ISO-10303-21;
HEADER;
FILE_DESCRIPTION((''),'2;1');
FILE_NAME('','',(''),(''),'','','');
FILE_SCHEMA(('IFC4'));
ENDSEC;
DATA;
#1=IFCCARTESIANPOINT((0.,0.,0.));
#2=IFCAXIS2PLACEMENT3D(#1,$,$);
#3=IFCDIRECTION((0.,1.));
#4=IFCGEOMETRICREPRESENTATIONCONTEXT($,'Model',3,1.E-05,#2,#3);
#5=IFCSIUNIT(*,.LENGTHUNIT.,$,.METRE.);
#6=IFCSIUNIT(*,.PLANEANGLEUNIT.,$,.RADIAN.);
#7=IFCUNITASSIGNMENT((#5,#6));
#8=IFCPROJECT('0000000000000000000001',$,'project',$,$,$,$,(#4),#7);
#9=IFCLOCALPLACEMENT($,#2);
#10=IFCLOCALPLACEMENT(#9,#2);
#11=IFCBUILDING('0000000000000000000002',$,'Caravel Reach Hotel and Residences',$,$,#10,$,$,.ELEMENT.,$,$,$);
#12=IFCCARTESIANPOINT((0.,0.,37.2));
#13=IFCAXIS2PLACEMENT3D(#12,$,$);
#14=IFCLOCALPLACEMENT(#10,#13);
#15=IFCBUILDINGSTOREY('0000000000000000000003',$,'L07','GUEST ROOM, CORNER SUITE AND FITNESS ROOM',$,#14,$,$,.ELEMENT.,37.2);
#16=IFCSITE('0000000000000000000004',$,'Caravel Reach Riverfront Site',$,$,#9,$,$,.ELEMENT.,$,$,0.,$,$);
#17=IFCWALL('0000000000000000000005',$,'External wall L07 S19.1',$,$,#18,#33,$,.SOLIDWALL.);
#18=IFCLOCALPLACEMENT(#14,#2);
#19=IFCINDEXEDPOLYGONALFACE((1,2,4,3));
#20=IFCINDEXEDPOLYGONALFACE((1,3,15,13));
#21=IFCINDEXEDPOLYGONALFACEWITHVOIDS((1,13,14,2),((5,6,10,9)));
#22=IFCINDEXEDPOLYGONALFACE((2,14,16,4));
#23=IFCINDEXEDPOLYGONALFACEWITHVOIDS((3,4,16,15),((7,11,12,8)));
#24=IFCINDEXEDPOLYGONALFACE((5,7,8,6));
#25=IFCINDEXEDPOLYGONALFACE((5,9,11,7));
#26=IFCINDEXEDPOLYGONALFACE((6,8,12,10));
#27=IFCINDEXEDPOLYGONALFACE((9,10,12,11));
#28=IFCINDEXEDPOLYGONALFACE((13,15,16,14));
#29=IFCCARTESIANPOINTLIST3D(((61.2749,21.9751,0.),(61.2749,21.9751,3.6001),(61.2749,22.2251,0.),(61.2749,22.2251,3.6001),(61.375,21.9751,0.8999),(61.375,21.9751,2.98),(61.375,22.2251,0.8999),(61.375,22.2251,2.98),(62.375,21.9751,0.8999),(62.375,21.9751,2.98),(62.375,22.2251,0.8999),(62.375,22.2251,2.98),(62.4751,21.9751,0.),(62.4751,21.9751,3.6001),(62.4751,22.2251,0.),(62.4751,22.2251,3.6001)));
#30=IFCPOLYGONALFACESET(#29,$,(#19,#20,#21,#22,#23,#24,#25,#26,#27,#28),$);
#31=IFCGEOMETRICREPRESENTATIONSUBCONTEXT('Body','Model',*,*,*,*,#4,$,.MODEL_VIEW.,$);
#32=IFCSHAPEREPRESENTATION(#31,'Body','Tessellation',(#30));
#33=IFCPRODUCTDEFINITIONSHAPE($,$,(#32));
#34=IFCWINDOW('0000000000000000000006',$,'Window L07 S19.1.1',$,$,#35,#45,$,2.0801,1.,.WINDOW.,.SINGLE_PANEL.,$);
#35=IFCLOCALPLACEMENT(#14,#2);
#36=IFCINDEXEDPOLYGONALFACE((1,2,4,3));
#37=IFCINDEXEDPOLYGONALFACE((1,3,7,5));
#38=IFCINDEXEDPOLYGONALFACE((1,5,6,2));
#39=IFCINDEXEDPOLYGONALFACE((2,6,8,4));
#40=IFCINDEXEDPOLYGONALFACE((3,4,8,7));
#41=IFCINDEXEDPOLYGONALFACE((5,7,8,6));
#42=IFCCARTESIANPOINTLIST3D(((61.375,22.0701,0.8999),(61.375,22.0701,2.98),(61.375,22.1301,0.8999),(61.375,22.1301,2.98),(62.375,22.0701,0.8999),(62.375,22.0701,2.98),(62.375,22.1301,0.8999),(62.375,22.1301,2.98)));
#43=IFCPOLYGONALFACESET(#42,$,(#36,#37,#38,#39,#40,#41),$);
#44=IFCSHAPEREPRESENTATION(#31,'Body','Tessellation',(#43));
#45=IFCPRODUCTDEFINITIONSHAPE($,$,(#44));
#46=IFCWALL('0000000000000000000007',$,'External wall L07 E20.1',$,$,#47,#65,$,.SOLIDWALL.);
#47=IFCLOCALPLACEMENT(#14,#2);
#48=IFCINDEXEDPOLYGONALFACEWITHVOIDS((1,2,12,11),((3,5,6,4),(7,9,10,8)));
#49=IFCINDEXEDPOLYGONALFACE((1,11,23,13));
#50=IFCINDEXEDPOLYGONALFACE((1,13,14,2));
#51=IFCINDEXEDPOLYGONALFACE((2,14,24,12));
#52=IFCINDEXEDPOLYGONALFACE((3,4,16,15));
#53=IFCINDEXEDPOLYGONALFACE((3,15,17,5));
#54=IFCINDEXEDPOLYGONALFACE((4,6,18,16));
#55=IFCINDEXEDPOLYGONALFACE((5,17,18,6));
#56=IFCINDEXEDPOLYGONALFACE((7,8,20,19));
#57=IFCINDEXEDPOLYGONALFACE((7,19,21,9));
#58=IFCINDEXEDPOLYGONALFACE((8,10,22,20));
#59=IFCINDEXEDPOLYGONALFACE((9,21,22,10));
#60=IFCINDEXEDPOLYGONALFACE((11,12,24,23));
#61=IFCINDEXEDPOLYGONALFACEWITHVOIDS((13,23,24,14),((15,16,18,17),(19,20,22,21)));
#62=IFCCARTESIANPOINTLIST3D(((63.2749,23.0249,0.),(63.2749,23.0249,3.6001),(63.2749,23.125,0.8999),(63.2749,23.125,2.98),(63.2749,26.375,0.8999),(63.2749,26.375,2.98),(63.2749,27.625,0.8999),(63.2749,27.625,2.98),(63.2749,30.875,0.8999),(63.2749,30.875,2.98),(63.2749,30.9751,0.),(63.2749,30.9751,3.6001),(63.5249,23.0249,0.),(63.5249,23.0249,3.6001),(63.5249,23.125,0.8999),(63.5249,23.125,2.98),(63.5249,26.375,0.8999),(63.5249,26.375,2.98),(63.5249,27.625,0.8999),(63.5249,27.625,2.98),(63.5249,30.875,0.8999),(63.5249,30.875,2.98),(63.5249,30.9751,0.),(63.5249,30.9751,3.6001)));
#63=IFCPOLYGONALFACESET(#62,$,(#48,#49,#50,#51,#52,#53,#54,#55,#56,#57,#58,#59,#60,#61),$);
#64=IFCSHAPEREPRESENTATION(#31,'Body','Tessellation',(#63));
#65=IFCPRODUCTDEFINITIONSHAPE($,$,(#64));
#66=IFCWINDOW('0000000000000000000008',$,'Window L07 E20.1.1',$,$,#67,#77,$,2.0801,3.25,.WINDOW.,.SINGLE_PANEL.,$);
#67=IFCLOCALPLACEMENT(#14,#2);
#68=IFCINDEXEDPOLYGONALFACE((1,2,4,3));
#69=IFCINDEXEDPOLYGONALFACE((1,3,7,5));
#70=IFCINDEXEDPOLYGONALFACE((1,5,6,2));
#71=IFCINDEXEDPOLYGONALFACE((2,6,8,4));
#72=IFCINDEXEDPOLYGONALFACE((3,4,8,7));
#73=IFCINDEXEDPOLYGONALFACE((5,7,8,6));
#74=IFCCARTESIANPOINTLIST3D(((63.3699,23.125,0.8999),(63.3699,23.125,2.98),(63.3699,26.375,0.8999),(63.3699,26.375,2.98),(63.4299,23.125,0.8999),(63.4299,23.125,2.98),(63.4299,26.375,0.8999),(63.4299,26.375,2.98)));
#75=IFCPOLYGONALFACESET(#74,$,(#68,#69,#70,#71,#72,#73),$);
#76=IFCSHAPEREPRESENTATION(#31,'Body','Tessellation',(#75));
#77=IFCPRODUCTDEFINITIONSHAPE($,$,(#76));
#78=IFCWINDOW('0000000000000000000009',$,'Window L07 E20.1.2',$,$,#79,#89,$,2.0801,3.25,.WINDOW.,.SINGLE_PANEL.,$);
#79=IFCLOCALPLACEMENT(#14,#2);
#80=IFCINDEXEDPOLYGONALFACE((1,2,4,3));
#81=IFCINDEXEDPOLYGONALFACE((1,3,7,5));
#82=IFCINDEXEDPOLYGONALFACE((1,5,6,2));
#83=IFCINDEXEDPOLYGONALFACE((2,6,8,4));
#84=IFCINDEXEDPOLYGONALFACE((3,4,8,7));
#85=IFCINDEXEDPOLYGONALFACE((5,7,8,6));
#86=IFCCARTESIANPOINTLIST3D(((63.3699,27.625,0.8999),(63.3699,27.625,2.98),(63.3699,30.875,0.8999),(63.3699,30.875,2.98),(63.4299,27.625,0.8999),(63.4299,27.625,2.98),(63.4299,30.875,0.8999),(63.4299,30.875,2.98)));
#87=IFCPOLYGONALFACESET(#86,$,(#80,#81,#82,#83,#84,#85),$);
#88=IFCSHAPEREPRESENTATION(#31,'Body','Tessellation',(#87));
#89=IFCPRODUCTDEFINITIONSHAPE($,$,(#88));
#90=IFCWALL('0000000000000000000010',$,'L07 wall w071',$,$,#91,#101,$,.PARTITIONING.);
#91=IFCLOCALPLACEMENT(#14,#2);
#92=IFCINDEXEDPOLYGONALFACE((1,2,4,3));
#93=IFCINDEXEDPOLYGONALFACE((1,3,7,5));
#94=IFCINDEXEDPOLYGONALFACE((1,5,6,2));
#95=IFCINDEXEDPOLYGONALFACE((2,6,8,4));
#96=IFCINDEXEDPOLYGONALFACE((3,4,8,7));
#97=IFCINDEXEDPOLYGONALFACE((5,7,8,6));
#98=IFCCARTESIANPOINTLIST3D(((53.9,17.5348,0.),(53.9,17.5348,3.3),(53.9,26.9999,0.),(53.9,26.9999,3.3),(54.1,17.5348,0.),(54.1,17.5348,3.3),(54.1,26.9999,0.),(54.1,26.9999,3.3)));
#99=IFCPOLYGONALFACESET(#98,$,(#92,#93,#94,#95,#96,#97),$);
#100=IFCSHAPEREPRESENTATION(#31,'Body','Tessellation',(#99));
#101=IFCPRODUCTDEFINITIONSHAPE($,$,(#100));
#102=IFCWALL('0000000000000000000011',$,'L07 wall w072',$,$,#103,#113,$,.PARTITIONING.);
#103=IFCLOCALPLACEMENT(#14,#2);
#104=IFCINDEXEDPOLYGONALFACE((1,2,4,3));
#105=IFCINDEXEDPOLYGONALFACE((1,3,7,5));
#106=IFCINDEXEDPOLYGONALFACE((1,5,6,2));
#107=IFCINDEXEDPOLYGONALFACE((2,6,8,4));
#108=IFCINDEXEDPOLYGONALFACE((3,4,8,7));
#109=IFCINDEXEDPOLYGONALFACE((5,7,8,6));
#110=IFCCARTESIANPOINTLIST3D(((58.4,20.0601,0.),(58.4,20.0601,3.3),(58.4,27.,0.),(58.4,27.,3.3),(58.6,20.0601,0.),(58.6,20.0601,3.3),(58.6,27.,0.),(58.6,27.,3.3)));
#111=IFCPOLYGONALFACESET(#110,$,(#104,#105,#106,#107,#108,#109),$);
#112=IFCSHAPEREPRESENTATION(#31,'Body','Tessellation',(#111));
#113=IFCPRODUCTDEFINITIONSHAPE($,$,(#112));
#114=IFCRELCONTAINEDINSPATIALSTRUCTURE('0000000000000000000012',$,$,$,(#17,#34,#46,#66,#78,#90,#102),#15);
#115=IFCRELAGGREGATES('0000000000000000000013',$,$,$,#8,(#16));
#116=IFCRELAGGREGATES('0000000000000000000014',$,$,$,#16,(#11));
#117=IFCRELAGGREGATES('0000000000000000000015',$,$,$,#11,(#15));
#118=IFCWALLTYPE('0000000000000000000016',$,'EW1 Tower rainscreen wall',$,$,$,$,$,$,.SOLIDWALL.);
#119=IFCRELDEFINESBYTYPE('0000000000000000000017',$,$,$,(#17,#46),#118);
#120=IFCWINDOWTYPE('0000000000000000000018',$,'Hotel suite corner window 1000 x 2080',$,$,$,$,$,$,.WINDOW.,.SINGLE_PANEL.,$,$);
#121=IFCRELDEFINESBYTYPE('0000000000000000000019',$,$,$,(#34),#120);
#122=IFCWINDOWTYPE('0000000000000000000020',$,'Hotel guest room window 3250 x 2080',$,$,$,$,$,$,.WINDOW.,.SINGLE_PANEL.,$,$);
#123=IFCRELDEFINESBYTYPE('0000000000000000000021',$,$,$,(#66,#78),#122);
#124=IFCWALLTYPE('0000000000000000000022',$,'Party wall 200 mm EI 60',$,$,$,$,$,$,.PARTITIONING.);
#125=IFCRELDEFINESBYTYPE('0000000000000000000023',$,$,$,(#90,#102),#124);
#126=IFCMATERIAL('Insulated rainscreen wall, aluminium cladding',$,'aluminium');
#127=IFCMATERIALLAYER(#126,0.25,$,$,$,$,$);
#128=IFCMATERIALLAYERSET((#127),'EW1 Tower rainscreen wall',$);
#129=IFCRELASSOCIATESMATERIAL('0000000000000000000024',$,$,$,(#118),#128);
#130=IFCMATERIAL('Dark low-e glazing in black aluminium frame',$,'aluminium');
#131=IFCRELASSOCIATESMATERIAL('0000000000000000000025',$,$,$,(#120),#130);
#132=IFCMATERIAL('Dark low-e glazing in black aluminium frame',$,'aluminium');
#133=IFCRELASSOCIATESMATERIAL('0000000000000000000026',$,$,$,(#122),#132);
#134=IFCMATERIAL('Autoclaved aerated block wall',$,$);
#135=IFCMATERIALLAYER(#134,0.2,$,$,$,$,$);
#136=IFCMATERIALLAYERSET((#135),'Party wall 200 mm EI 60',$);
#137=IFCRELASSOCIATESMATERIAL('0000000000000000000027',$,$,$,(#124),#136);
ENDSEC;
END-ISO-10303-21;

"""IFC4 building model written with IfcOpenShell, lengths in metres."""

from ifc_helpers import new_model, si_unit, direction, frame, frame_2d, origin, place, context, subcontext, project, spatial, rectangle, extrude, material, layer, layer_set, type_object, element, fill, save


model = new_model("IFC4")

# Units and contexts
model_context = context("Model", 3, precision=1e-05, world=origin(), true_north=direction((0.0, 1.0)))
body_context = subcontext(model_context, "Body", "Model", "MODEL_VIEW")
ifc_project = project(units=[si_unit("LENGTHUNIT", "METRE"), si_unit("PLANEANGLEUNIT", "RADIAN")], contexts=[model_context])

# Site, building, storey
site_placement = place(None, origin())
site = spatial("IfcSite", under=ifc_project, at=site_placement, Name="Caravel Reach Riverfront Site", CompositionType="ELEMENT", RefElevation=0.0)
building_placement = place(site_placement, origin())
building = spatial("IfcBuilding", under=site, at=building_placement, Name="Caravel Reach Hotel and Residences", CompositionType="ELEMENT")
storey_placement = place(building_placement, frame((0.0, 0.0, 37.2)))
storey = spatial("IfcBuildingStorey", under=building, at=storey_placement, Name="L07", Description="GUEST ROOM, CORNER SUITE AND FITNESS ROOM", CompositionType="ELEMENT", Elevation=37.2)

# Wall, opening, window
ifc_material_1 = material(Name="Insulated rainscreen wall, aluminium cladding", Category="aluminium")
ifc_layer_1 = layer(ifc_material_1, 0.25)
ifc_layer_set_1 = layer_set([ifc_layer_1], Name="EW1 Tower rainscreen wall")
wall_type_1 = type_object("IfcWallType", Name="EW1 Tower rainscreen wall", PredefinedType="SOLIDWALL", material=ifc_layer_set_1)
ifc_material_2 = material(Name="Dark low-e glazing in black aluminium frame", Category="aluminium")
window_type_1 = type_object("IfcWindowType", Name="Hotel suite corner window 1000 x 2080", PartitioningType="SINGLE_PANEL", PredefinedType="WINDOW", material=ifc_material_2)
wall_1_placement = place(storey_placement, frame((61.2749, 22.1001, 0.0), z_axis=(0.0, 0.0, 1.0), x_axis=(1.0, 0.0, 0.0)))
wall_1 = element("IfcWall", 1, at=wall_1_placement, inside=storey, type_object=wall_type_1, Name="External wall L07 S19.1", PredefinedType="SOLIDWALL", context=body_context, shape_type="SweptSolid", body=[
    extrude(rectangle(XDim=1.2002, YDim=0.25, at=frame_2d((0.6001, 0.0))), origin(), (0.0, 0.0, 1.0), 3.6001),
])
opening_1_placement = place(wall_1_placement, frame((0.1001, 0.0, 0.8999)))
opening_1 = element("IfcOpeningElement", 2, at=opening_1_placement, cuts=wall_1, PredefinedType="OPENING", context=body_context, shape_type="SweptSolid", body=[
    extrude(rectangle(XDim=1.0, YDim=2.0801, at=frame_2d((0.5, 1.04))), frame((0.0, 0.135, 0.0), z_axis=(0.0, -1.0, 0.0), x_axis=(1.0, 0.0, 0.0)), (0.0, 0.0, 1.0), 0.27),
])
window_1_placement = place(opening_1_placement, origin())
window_1 = element("IfcWindow", 3, at=window_1_placement, inside=storey, type_object=window_type_1, Name="Window L07 S19.1.1", OverallHeight=2.0801, OverallWidth=1.0, PartitioningType="SINGLE_PANEL", PredefinedType="WINDOW", context=body_context, shape_type="SweptSolid", body=[
    extrude(rectangle(XDim=1.0, YDim=2.0801, at=frame_2d((0.5, 1.04))), frame((0.0, 0.03, 0.0), z_axis=(0.0, -1.0, 0.0), x_axis=(1.0, 0.0, 0.0)), (0.0, 0.0, 1.0), 0.0601),
])
fill(opening_1, window_1)

# Wall, openings, windows
wall_2_placement = place(storey_placement, frame((63.3999, 23.0249, 0.0), z_axis=(0.0, 0.0, 1.0), x_axis=(0.0, 1.0, 0.0)))
wall_2 = element("IfcWall", 4, at=wall_2_placement, inside=storey, type_object=wall_type_1, Name="External wall L07 E20.1", PredefinedType="SOLIDWALL", context=body_context, shape_type="SweptSolid", body=[
    extrude(rectangle(XDim=7.9502, YDim=0.25, at=frame_2d((3.9751, 0.0))), origin(), (0.0, 0.0, 1.0), 3.6001),
])
opening_2_placement = place(wall_2_placement, frame((0.1001, 0.0, 0.8999)))
opening_2 = element("IfcOpeningElement", 5, at=opening_2_placement, cuts=wall_2, PredefinedType="OPENING", context=body_context, shape_type="SweptSolid", body=[
    extrude(rectangle(XDim=3.25, YDim=2.0801, at=frame_2d((1.625, 1.04))), frame((0.0, 0.135, 0.0), z_axis=(0.0, -1.0, 0.0), x_axis=(1.0, 0.0, 0.0)), (0.0, 0.0, 1.0), 0.27),
])
opening_3_placement = place(wall_2_placement, frame((4.6001, 0.0, 0.8999)))
opening_3 = element("IfcOpeningElement", 6, at=opening_3_placement, cuts=wall_2, PredefinedType="OPENING", context=body_context, shape_type="SweptSolid", body=[
    extrude(rectangle(XDim=3.25, YDim=2.0801, at=frame_2d((1.625, 1.04))), frame((0.0, 0.135, 0.0), z_axis=(0.0, -1.0, 0.0), x_axis=(1.0, 0.0, 0.0)), (0.0, 0.0, 1.0), 0.27),
])
ifc_material_3 = material(Name="Dark low-e glazing in black aluminium frame", Category="aluminium")
window_type_2 = type_object("IfcWindowType", Name="Hotel guest room window 3250 x 2080", PartitioningType="SINGLE_PANEL", PredefinedType="WINDOW", material=ifc_material_3)
window_2_placement = place(opening_2_placement, origin())
window_2 = element("IfcWindow", 7, at=window_2_placement, inside=storey, type_object=window_type_2, Name="Window L07 E20.1.1", OverallHeight=2.0801, OverallWidth=3.25, PartitioningType="SINGLE_PANEL", PredefinedType="WINDOW", context=body_context, shape_type="SweptSolid", body=[
    extrude(rectangle(XDim=3.25, YDim=2.0801, at=frame_2d((1.625, 1.04))), frame((0.0, 0.03, 0.0), z_axis=(0.0, -1.0, 0.0), x_axis=(1.0, 0.0, 0.0)), (0.0, 0.0, 1.0), 0.0601),
])
fill(opening_2, window_2)
window_3_placement = place(opening_3_placement, origin())
window_3 = element("IfcWindow", 8, at=window_3_placement, inside=storey, type_object=window_type_2, Name="Window L07 E20.1.2", OverallHeight=2.0801, OverallWidth=3.25, PartitioningType="SINGLE_PANEL", PredefinedType="WINDOW", context=body_context, shape_type="SweptSolid", body=[
    extrude(rectangle(XDim=3.25, YDim=2.0801, at=frame_2d((1.625, 1.04))), frame((0.0, 0.03, 0.0), z_axis=(0.0, -1.0, 0.0), x_axis=(1.0, 0.0, 0.0)), (0.0, 0.0, 1.0), 0.0601),
])
fill(opening_3, window_3)

# Walls
ifc_material_4 = material(Name="Autoclaved aerated block wall")
ifc_layer_2 = layer(ifc_material_4, 0.2)
ifc_layer_set_2 = layer_set([ifc_layer_2], Name="Party wall 200 mm EI 60")
wall_type_2 = type_object("IfcWallType", Name="Party wall 200 mm EI 60", PredefinedType="PARTITIONING", material=ifc_layer_set_2)
wall_3_placement = place(storey_placement, frame((54.0, 17.5349, 0.0), z_axis=(0.0, 0.0, 1.0), x_axis=(0.0, 1.0, 0.0)))
element("IfcWall", 9, at=wall_3_placement, inside=storey, type_object=wall_type_2, Name="L07 wall w071", PredefinedType="PARTITIONING", context=body_context, shape_type="SweptSolid", body=[
    extrude(rectangle(XDim=9.4651, YDim=0.2, at=frame_2d((4.7324, 0.0))), origin(), (0.0, 0.0, 1.0), 3.3),
])
wall_4_placement = place(storey_placement, frame((58.5, 20.0601, 0.0), z_axis=(0.0, 0.0, 1.0), x_axis=(0.0, 1.0, 0.0)))
element("IfcWall", 10, at=wall_4_placement, inside=storey, type_object=wall_type_2, Name="L07 wall w072", PredefinedType="PARTITIONING", context=body_context, shape_type="SweptSolid", body=[
    extrude(rectangle(XDim=6.9399, YDim=0.2, at=frame_2d((3.47, 0.0))), origin(), (0.0, 0.0, 1.0), 3.3),
])

save(model, "model.ifc")
